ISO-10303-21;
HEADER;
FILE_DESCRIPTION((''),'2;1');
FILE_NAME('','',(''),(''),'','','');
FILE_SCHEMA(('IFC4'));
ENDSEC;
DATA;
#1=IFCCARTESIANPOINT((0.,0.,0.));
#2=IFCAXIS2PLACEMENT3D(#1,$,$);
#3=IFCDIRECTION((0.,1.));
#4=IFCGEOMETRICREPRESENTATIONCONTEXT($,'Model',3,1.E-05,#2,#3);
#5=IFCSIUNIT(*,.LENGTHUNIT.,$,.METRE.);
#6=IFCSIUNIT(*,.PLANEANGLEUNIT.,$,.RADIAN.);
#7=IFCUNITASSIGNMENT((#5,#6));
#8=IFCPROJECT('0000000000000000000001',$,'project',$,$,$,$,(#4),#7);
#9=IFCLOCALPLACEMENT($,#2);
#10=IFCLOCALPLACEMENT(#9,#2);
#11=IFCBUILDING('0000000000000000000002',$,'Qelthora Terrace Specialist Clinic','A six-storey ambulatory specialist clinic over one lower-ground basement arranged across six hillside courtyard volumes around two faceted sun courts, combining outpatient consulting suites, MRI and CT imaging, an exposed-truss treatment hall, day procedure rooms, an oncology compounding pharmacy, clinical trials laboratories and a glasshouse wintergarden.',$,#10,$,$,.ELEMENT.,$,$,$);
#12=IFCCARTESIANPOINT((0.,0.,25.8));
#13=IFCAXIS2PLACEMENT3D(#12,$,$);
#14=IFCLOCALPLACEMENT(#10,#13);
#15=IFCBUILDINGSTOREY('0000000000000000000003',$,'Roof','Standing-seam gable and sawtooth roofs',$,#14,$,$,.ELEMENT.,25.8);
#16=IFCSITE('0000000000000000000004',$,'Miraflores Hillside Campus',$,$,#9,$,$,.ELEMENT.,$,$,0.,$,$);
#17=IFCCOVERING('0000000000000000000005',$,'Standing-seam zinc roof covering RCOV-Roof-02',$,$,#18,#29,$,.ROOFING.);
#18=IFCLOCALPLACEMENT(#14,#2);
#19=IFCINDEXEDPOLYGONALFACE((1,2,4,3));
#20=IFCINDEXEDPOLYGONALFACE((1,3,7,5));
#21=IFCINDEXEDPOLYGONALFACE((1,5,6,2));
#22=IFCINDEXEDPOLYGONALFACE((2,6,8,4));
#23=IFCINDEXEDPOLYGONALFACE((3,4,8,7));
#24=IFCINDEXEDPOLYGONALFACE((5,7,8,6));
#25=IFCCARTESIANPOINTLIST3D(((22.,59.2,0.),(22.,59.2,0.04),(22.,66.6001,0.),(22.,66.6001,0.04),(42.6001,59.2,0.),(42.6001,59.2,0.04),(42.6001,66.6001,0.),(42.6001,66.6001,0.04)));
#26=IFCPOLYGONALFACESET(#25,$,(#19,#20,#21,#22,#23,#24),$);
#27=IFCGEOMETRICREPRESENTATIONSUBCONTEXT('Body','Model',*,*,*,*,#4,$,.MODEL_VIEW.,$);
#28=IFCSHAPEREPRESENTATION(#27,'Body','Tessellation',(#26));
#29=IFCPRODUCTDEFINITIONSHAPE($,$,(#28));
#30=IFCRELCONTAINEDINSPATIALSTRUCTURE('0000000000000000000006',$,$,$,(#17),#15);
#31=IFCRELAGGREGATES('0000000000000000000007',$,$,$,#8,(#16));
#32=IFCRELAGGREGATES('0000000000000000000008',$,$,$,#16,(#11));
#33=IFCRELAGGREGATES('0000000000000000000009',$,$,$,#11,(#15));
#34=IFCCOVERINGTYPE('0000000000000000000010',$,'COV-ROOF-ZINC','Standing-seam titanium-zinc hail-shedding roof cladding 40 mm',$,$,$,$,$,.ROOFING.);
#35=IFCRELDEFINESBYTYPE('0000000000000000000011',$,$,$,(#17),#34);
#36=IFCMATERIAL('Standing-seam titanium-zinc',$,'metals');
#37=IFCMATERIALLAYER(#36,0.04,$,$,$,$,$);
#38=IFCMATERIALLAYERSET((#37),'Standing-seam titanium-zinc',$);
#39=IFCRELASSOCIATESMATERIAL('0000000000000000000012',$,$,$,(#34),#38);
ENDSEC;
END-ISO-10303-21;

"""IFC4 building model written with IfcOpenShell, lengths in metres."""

from ifc_helpers import new_model, si_unit, direction, frame, origin, place, context, subcontext, project, spatial, polyline, outline, extrude, material, layer, layer_set, type_object, element, save


model = new_model("IFC4")

# Units and contexts
model_context = context("Model", 3, precision=1e-05, world=origin(), true_north=direction((0.0, 1.0)))
body_context = subcontext(model_context, "Body", "Model", "MODEL_VIEW")
ifc_project = project(units=[si_unit("LENGTHUNIT", "METRE"), si_unit("PLANEANGLEUNIT", "RADIAN")], contexts=[model_context])

# Site, building, storey
site_placement = place(None, origin())
site = spatial("IfcSite", under=ifc_project, at=site_placement, Name="Miraflores Hillside Campus", CompositionType="ELEMENT", RefElevation=0.0)
building_placement = place(site_placement, origin())
building = spatial("IfcBuilding", under=site, at=building_placement, Name="Qelthora Terrace Specialist Clinic", Description="A six-storey ambulatory specialist clinic over one lower-ground basement arranged across six hillside courtyard volumes around two faceted sun courts, combining outpatient consulting suites, MRI and CT imaging, an exposed-truss treatment hall, day procedure rooms, an oncology compounding pharmacy, clinical trials laboratories and a glasshouse wintergarden.", CompositionType="ELEMENT")
storey_placement = place(building_placement, frame((0.0, 0.0, 25.8)))
storey = spatial("IfcBuildingStorey", under=building, at=storey_placement, Name="Roof", Description="Standing-seam gable and sawtooth roofs", CompositionType="ELEMENT", Elevation=25.8)

# Covering
ifc_material_1 = material(Name="Standing-seam titanium-zinc", Category="metals")
ifc_layer_1 = layer(ifc_material_1, 0.04)
ifc_layer_set_1 = layer_set([ifc_layer_1], Name="Standing-seam titanium-zinc")
covering_type = type_object("IfcCoveringType", Name="COV-ROOF-ZINC", Description="Standing-seam titanium-zinc hail-shedding roof cladding 40 mm", PredefinedType="ROOFING", material=ifc_layer_set_1)
covering_1_placement = place(storey_placement, origin())
element("IfcCovering", 1, at=covering_1_placement, inside=storey, type_object=covering_type, Name="Standing-seam zinc roof covering RCOV-Roof-02", PredefinedType="ROOFING", context=body_context, shape_type="SweptSolid", body=[
    extrude(outline(polyline([(22.0, 59.2), (42.6001, 59.2), (42.6001, 66.6001), (22.0, 66.6001), (22.0, 59.2)])), origin(), (0.0, 0.0, 1.0), 0.04),
])

save(model, "model.ifc")
